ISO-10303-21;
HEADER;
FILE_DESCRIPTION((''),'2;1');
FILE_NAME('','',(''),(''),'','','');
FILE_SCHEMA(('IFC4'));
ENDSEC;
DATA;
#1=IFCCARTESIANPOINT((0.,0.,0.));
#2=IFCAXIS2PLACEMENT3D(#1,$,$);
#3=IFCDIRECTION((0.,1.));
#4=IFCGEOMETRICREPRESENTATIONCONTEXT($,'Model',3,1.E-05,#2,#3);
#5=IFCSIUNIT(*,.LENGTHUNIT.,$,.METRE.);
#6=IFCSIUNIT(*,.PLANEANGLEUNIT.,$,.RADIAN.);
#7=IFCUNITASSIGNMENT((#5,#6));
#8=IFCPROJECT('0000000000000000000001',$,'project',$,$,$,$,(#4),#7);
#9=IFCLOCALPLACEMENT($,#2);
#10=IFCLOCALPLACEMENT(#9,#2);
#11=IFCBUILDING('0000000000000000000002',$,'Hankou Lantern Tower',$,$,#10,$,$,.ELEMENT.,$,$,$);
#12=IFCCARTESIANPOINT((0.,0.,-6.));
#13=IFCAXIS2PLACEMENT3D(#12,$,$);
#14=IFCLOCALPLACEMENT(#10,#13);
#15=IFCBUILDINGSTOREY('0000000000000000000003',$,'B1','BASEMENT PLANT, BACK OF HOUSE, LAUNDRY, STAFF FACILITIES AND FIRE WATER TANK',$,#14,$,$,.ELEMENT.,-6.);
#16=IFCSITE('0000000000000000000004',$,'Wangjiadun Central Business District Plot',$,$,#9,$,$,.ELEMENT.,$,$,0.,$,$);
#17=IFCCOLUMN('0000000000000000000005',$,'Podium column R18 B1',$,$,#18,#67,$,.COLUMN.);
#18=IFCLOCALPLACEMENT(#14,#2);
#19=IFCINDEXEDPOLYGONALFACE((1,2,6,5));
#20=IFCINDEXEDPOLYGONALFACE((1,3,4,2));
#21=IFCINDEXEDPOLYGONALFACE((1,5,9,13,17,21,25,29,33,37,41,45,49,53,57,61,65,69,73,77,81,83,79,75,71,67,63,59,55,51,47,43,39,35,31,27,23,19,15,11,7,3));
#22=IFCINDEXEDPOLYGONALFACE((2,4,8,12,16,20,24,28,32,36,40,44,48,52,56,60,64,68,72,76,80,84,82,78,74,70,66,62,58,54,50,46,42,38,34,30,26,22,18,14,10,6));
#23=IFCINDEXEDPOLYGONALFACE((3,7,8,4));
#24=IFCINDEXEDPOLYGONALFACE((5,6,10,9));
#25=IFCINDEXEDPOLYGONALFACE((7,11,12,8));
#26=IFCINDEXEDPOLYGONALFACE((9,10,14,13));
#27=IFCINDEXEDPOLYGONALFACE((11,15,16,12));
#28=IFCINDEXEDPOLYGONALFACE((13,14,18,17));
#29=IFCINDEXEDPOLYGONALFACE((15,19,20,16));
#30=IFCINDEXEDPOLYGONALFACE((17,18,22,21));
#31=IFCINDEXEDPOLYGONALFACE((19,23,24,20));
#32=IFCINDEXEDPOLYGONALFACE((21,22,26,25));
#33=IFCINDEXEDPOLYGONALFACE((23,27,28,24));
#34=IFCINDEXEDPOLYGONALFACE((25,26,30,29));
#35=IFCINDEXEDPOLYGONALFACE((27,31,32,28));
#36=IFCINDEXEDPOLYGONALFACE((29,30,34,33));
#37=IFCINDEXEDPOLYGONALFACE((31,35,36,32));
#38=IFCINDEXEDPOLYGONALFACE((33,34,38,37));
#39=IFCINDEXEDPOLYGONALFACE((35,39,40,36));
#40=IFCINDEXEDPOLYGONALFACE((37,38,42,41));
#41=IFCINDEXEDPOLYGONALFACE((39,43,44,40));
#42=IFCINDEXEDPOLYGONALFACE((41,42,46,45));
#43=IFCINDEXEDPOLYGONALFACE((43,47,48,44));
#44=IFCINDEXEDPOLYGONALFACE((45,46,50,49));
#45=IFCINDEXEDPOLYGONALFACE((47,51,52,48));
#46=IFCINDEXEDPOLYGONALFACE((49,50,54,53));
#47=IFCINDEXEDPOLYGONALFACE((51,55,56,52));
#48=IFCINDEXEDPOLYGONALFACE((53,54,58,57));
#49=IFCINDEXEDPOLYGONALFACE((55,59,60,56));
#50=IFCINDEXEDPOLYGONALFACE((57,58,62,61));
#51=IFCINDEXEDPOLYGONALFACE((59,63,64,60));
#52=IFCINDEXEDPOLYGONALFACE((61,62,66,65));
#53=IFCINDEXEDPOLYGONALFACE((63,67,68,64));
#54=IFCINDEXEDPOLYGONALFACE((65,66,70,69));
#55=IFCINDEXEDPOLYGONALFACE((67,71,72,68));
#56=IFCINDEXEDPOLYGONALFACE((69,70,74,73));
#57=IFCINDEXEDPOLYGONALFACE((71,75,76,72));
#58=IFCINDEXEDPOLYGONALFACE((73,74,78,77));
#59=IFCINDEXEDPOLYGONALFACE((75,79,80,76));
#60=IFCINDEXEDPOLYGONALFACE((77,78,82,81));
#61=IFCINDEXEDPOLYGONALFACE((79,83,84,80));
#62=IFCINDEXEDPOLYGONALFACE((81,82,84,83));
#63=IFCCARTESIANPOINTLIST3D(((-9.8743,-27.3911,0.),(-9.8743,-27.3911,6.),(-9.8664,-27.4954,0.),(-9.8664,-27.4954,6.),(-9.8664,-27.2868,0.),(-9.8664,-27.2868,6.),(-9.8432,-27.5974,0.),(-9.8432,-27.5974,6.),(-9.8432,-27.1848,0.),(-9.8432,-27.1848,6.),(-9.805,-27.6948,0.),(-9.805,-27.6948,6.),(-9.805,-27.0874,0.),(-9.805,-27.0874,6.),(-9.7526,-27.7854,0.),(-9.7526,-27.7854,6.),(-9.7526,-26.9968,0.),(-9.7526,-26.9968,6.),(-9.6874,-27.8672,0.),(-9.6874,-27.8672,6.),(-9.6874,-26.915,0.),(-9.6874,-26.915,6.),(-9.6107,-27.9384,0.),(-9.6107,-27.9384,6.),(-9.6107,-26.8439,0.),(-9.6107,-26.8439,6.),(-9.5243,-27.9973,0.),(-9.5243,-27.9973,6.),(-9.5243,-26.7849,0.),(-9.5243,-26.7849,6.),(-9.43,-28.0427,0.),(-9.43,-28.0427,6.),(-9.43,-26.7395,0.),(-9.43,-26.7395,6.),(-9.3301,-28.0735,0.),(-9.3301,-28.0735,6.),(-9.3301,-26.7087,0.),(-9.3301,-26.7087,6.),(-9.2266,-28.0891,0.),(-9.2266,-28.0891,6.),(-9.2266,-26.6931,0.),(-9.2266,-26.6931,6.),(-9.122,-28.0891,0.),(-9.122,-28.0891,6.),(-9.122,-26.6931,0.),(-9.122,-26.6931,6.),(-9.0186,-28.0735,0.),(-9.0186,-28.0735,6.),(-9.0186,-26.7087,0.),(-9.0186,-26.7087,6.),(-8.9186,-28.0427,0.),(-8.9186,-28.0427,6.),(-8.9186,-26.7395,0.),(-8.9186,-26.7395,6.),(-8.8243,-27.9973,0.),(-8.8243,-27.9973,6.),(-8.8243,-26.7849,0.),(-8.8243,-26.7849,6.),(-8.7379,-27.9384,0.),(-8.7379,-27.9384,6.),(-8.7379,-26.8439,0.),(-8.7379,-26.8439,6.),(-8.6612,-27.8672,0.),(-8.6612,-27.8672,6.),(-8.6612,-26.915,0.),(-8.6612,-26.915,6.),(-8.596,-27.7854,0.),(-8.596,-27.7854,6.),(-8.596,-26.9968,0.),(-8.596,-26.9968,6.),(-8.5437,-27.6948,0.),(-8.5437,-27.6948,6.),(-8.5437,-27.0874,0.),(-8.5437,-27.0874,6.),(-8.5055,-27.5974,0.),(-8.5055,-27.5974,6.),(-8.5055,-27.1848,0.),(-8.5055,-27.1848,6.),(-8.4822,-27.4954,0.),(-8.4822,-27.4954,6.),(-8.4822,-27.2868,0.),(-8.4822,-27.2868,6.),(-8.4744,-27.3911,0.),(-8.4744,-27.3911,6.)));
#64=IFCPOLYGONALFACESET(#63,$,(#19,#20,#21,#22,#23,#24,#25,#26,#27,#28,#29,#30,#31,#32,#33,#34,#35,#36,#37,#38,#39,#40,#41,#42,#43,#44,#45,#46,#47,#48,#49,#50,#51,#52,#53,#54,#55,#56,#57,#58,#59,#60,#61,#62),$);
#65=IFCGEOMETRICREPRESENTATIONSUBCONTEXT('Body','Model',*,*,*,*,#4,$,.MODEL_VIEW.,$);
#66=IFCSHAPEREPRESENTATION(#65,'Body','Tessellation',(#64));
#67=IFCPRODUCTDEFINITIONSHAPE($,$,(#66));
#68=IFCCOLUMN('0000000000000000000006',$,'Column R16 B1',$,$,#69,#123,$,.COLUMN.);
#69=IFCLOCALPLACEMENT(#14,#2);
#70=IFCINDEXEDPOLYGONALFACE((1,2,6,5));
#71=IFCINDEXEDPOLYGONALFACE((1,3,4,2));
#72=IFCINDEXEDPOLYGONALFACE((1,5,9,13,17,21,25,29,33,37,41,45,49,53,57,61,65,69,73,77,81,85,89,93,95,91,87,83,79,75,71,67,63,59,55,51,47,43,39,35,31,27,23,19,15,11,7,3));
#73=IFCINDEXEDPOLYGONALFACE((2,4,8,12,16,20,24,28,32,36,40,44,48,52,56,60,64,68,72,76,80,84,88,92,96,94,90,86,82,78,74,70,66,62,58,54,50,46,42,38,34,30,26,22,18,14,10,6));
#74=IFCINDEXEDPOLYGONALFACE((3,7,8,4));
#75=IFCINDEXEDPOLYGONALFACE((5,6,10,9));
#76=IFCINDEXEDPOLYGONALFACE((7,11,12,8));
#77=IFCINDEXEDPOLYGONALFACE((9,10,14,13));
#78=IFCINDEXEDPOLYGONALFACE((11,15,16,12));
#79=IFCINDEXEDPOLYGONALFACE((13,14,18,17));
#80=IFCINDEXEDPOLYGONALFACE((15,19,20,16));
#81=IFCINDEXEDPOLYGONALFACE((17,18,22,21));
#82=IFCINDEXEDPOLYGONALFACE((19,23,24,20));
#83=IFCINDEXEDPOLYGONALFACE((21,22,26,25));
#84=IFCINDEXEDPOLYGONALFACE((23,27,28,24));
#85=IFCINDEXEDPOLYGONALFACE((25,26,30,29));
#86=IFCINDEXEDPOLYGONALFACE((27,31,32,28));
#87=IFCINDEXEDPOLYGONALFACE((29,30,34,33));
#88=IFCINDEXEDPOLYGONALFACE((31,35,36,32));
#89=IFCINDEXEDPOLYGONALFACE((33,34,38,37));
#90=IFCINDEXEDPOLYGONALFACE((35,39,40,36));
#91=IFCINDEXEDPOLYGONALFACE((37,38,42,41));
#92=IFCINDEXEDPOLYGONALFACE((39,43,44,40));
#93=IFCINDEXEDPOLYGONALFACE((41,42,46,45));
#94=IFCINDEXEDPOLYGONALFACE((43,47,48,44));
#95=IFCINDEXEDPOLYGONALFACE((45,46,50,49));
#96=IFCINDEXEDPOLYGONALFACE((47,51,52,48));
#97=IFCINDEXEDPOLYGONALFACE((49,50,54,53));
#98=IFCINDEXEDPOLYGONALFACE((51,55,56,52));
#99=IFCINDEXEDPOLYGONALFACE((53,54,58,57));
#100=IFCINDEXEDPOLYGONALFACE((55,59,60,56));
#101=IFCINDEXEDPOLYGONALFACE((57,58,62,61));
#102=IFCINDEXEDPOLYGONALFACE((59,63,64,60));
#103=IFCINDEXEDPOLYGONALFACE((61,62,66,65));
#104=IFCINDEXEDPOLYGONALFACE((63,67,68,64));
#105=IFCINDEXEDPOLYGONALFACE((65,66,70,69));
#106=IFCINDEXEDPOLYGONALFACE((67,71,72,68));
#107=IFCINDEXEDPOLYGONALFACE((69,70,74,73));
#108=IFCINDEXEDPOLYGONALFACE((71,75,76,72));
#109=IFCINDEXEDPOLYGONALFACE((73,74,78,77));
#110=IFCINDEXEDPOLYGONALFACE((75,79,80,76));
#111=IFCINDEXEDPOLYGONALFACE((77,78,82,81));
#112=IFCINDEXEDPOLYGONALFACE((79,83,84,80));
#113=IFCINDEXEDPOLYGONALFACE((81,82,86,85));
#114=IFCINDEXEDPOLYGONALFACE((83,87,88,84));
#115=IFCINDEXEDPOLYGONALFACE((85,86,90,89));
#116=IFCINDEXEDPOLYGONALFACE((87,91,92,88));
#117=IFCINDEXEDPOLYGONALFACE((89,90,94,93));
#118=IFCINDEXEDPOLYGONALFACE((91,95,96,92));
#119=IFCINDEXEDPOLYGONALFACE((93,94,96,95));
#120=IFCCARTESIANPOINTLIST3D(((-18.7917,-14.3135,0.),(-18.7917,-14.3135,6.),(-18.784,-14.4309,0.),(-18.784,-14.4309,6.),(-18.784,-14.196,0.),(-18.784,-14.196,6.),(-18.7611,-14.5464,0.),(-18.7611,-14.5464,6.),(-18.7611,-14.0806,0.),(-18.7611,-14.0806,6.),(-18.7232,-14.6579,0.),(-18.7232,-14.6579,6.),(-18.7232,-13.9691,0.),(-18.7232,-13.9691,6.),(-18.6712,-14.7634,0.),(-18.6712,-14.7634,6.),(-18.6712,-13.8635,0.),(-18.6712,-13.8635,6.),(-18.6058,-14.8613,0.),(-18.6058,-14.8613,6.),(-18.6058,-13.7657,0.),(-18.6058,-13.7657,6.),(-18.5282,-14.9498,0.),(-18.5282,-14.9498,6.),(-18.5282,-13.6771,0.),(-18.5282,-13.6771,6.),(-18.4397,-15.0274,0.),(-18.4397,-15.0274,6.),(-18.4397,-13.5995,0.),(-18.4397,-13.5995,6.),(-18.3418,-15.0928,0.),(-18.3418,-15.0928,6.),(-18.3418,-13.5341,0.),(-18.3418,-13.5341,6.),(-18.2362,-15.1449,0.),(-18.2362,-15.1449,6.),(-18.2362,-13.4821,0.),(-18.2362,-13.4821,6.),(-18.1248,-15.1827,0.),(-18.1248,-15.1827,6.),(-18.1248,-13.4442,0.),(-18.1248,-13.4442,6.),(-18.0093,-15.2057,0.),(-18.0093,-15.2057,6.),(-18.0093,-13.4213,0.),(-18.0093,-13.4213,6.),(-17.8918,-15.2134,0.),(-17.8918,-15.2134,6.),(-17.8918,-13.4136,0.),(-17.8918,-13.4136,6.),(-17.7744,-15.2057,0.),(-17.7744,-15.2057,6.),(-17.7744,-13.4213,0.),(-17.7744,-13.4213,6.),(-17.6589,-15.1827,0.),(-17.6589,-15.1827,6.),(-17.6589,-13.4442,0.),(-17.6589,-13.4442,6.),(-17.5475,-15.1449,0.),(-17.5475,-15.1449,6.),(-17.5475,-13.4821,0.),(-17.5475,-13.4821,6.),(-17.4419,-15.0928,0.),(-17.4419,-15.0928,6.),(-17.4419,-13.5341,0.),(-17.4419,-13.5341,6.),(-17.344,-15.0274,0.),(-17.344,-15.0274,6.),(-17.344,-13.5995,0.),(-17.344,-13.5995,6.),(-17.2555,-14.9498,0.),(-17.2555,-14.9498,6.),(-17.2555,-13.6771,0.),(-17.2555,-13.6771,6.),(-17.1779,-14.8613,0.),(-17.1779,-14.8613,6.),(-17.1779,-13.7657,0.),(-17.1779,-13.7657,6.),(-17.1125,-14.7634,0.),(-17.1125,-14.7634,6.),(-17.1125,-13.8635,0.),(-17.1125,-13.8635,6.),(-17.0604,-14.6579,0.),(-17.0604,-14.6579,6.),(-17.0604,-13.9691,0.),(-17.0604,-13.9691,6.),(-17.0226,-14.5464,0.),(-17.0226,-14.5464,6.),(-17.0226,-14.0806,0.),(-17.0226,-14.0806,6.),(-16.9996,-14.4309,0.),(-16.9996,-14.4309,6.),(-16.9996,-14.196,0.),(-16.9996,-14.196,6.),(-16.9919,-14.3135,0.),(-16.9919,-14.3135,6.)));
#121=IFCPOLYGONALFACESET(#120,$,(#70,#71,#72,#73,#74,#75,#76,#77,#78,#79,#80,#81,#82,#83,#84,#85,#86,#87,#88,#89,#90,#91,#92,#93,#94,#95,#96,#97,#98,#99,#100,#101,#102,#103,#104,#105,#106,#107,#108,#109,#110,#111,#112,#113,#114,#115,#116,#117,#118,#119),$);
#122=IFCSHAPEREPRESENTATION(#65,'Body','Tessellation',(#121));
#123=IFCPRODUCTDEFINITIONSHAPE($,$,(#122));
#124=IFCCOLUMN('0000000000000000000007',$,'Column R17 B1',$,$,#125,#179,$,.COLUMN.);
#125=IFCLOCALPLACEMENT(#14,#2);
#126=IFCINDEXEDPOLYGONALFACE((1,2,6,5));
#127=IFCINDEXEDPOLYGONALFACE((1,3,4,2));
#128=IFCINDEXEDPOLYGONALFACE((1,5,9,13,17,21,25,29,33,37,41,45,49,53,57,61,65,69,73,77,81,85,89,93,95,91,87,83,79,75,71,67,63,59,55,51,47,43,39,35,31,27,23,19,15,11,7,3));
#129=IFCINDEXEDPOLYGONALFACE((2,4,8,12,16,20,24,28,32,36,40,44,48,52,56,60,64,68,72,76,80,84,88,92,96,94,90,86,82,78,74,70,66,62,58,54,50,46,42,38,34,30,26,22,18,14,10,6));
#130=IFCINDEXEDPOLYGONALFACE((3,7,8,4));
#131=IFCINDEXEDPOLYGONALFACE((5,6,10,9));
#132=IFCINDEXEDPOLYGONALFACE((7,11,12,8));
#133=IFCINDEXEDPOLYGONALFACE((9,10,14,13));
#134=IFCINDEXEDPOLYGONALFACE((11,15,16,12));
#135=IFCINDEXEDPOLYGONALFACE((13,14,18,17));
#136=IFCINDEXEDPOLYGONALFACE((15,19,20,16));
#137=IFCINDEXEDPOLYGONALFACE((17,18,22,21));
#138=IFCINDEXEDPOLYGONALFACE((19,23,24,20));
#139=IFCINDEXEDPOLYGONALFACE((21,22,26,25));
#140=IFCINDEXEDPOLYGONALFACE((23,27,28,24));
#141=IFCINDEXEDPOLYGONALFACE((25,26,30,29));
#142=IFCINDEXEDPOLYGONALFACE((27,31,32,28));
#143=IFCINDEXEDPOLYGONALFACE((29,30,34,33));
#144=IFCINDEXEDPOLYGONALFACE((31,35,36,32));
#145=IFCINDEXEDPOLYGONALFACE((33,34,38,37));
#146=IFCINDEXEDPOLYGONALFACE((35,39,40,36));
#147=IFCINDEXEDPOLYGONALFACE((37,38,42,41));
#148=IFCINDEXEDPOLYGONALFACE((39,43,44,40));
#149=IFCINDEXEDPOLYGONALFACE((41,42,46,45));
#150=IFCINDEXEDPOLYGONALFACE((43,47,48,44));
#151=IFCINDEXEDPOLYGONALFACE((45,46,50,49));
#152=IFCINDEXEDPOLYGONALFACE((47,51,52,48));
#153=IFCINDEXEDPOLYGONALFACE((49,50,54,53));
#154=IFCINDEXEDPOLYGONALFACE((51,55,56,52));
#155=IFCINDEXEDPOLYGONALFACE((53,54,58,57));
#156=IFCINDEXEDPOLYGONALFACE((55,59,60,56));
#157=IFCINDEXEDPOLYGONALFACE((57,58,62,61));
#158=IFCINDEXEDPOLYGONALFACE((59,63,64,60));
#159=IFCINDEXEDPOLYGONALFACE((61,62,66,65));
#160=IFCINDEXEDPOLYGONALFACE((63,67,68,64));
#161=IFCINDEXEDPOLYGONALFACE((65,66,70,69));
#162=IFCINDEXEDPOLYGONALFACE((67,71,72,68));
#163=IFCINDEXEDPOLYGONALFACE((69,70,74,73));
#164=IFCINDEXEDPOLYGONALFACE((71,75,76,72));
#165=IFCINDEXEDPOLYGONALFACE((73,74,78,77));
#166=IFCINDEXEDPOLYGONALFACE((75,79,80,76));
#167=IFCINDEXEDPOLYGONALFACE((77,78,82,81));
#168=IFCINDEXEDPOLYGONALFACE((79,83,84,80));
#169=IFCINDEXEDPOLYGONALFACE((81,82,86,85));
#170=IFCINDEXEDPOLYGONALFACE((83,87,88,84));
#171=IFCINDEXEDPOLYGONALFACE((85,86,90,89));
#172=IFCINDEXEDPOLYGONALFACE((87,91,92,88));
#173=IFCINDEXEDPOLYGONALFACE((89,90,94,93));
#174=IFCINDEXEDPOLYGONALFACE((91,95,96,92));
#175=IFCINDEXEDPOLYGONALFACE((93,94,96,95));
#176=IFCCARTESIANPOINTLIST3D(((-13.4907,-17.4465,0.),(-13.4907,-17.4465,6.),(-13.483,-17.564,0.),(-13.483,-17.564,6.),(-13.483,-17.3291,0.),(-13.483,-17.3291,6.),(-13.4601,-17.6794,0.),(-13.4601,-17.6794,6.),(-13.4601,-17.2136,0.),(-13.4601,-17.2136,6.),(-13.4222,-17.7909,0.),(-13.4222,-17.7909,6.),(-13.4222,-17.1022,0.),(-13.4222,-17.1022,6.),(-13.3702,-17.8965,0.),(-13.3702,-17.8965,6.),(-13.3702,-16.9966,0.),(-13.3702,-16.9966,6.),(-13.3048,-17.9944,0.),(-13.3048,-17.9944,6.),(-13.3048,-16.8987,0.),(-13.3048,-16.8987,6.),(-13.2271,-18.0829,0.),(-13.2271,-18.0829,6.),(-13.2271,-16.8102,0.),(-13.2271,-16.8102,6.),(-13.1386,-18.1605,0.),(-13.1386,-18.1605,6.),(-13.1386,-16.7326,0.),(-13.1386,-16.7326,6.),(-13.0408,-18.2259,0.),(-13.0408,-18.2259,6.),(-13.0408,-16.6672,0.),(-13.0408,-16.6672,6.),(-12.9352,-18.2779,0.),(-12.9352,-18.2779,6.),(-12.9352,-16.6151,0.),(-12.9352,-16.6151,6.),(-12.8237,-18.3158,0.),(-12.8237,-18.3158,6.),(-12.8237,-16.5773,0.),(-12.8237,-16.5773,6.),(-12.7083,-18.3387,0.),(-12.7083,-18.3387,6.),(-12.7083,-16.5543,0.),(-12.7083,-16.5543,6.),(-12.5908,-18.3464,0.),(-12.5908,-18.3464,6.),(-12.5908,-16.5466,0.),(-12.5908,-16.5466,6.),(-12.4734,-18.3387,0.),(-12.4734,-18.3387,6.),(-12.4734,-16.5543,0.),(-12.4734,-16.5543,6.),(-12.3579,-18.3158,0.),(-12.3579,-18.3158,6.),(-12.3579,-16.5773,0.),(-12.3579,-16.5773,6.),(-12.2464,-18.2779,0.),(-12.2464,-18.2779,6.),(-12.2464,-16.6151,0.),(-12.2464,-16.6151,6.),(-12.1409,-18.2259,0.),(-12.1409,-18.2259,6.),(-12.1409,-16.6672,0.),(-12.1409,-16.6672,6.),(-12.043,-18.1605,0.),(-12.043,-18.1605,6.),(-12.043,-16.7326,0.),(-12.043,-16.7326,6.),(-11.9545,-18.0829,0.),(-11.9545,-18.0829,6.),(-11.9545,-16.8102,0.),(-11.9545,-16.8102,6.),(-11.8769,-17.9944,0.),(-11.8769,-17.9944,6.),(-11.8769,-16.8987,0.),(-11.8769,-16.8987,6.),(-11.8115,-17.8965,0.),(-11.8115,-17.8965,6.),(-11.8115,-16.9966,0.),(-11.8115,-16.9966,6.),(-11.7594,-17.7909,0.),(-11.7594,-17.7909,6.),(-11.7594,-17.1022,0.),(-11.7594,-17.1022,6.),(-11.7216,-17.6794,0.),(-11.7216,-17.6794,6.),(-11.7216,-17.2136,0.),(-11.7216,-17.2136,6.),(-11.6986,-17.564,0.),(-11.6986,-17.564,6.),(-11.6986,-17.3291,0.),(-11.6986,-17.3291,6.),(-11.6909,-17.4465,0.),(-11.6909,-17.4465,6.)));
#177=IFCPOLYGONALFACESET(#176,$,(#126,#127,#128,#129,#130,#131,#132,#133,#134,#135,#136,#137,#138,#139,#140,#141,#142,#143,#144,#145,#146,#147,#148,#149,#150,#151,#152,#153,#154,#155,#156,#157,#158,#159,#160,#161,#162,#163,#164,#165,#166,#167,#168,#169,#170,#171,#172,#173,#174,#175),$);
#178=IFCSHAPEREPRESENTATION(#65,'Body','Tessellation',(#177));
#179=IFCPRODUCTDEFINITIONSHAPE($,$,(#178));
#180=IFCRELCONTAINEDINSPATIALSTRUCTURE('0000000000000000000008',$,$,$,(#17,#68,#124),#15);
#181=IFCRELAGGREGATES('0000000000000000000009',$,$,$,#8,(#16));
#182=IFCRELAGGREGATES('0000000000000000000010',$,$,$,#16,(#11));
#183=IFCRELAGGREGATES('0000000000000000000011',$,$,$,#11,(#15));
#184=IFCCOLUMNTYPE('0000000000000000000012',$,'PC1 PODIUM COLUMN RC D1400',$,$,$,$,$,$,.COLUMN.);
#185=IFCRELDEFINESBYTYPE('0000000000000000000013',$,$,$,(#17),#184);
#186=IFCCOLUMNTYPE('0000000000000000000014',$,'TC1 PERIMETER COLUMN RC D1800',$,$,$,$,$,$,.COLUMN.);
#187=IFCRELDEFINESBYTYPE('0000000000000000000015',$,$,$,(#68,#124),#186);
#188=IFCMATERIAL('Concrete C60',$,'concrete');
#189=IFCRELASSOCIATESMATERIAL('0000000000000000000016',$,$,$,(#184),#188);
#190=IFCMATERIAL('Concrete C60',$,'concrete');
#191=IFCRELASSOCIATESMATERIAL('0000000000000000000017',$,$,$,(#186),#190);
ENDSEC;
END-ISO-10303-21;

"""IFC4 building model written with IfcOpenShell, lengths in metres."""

from ifc_helpers import new_model, si_unit, direction, frame, origin, origin_2d, place, context, subcontext, project, spatial, circle, extrude, material, material_profile, profile_set, type_object, element, save


model = new_model("IFC4")

# Units and contexts
model_context = context("Model", 3, precision=1e-05, world=origin(), true_north=direction((0.0, 1.0)))
body_context = subcontext(model_context, "Body", "Model", "MODEL_VIEW")
ifc_project = project(units=[si_unit("LENGTHUNIT", "METRE"), si_unit("PLANEANGLEUNIT", "RADIAN")], contexts=[model_context])

# Site, building, storey
site_placement = place(None, origin())
site = spatial("IfcSite", under=ifc_project, at=site_placement, Name="Wangjiadun Central Business District Plot", CompositionType="ELEMENT", RefElevation=0.0)
building_placement = place(site_placement, origin())
building = spatial("IfcBuilding", under=site, at=building_placement, Name="Hankou Lantern Tower", CompositionType="ELEMENT")
storey_placement = place(building_placement, frame((0.0, 0.0, -6.0)))
storey = spatial("IfcBuildingStorey", under=building, at=storey_placement, Name="B1", Description="BASEMENT PLANT, BACK OF HOUSE, LAUNDRY, STAFF FACILITIES AND FIRE WATER TANK", CompositionType="ELEMENT", Elevation=-6.0)

# Columns
ifc_material_1 = material(Name="Concrete C60", Category="concrete")
ifc_material_profile_1 = material_profile(ifc_material_1, circle(Radius=0.7, at=origin_2d()), Name="RC D1400")
ifc_profile_set_1 = profile_set([ifc_material_profile_1], Name="Concrete C60")
column_type_1 = type_object("IfcColumnType", Name="PC1 PODIUM COLUMN RC D1400", PredefinedType="COLUMN", material=ifc_profile_set_1)
column_placement = place(storey_placement, frame((-9.1743, -27.3911, 0.0), z_axis=(0.0, 0.0, 1.0), x_axis=(1.0, 0.0, 0.0)))
element("IfcColumn", 1, at=column_placement, inside=storey, type_object=column_type_1, Name="Podium column R18 B1", PredefinedType="COLUMN", context=body_context, shape_type="SweptSolid", body=[
    extrude(circle(Radius=0.7, at=origin_2d()), origin(), (0.0, 0.0, 1.0), 6.0),
])
ifc_material_2 = material(Name="Concrete C60", Category="concrete")
ifc_material_profile_2 = material_profile(ifc_material_2, circle(Radius=0.8999, at=origin_2d()), Name="RC D1800")
ifc_profile_set_2 = profile_set([ifc_material_profile_2], Name="Concrete C60")
column_type_2 = type_object("IfcColumnType", Name="TC1 PERIMETER COLUMN RC D1800", PredefinedType="COLUMN", material=ifc_profile_set_2)
for number, where, z_axis, x_axis, name in (
    (2, (-17.8918, -14.3135, 0.0), (0.0, 0.0, 1.0), (1.0, 0.0, 0.0), "Column R16 B1"),
    (3, (-12.5908, -17.4465, 0.0), (0.0, 0.0, 1.0), (1.0, 0.0, 0.0), "Column R17 B1"),
):
    element("IfcColumn", number, at=place(storey_placement, frame(where, z_axis=z_axis, x_axis=x_axis)), inside=storey, type_object=column_type_2, Name=name, PredefinedType="COLUMN", context=body_context, shape_type="SweptSolid", body=[
        extrude(circle(Radius=0.8999, at=origin_2d()), origin(), (0.0, 0.0, 1.0), 6.0),
    ])

save(model, "model.ifc")
